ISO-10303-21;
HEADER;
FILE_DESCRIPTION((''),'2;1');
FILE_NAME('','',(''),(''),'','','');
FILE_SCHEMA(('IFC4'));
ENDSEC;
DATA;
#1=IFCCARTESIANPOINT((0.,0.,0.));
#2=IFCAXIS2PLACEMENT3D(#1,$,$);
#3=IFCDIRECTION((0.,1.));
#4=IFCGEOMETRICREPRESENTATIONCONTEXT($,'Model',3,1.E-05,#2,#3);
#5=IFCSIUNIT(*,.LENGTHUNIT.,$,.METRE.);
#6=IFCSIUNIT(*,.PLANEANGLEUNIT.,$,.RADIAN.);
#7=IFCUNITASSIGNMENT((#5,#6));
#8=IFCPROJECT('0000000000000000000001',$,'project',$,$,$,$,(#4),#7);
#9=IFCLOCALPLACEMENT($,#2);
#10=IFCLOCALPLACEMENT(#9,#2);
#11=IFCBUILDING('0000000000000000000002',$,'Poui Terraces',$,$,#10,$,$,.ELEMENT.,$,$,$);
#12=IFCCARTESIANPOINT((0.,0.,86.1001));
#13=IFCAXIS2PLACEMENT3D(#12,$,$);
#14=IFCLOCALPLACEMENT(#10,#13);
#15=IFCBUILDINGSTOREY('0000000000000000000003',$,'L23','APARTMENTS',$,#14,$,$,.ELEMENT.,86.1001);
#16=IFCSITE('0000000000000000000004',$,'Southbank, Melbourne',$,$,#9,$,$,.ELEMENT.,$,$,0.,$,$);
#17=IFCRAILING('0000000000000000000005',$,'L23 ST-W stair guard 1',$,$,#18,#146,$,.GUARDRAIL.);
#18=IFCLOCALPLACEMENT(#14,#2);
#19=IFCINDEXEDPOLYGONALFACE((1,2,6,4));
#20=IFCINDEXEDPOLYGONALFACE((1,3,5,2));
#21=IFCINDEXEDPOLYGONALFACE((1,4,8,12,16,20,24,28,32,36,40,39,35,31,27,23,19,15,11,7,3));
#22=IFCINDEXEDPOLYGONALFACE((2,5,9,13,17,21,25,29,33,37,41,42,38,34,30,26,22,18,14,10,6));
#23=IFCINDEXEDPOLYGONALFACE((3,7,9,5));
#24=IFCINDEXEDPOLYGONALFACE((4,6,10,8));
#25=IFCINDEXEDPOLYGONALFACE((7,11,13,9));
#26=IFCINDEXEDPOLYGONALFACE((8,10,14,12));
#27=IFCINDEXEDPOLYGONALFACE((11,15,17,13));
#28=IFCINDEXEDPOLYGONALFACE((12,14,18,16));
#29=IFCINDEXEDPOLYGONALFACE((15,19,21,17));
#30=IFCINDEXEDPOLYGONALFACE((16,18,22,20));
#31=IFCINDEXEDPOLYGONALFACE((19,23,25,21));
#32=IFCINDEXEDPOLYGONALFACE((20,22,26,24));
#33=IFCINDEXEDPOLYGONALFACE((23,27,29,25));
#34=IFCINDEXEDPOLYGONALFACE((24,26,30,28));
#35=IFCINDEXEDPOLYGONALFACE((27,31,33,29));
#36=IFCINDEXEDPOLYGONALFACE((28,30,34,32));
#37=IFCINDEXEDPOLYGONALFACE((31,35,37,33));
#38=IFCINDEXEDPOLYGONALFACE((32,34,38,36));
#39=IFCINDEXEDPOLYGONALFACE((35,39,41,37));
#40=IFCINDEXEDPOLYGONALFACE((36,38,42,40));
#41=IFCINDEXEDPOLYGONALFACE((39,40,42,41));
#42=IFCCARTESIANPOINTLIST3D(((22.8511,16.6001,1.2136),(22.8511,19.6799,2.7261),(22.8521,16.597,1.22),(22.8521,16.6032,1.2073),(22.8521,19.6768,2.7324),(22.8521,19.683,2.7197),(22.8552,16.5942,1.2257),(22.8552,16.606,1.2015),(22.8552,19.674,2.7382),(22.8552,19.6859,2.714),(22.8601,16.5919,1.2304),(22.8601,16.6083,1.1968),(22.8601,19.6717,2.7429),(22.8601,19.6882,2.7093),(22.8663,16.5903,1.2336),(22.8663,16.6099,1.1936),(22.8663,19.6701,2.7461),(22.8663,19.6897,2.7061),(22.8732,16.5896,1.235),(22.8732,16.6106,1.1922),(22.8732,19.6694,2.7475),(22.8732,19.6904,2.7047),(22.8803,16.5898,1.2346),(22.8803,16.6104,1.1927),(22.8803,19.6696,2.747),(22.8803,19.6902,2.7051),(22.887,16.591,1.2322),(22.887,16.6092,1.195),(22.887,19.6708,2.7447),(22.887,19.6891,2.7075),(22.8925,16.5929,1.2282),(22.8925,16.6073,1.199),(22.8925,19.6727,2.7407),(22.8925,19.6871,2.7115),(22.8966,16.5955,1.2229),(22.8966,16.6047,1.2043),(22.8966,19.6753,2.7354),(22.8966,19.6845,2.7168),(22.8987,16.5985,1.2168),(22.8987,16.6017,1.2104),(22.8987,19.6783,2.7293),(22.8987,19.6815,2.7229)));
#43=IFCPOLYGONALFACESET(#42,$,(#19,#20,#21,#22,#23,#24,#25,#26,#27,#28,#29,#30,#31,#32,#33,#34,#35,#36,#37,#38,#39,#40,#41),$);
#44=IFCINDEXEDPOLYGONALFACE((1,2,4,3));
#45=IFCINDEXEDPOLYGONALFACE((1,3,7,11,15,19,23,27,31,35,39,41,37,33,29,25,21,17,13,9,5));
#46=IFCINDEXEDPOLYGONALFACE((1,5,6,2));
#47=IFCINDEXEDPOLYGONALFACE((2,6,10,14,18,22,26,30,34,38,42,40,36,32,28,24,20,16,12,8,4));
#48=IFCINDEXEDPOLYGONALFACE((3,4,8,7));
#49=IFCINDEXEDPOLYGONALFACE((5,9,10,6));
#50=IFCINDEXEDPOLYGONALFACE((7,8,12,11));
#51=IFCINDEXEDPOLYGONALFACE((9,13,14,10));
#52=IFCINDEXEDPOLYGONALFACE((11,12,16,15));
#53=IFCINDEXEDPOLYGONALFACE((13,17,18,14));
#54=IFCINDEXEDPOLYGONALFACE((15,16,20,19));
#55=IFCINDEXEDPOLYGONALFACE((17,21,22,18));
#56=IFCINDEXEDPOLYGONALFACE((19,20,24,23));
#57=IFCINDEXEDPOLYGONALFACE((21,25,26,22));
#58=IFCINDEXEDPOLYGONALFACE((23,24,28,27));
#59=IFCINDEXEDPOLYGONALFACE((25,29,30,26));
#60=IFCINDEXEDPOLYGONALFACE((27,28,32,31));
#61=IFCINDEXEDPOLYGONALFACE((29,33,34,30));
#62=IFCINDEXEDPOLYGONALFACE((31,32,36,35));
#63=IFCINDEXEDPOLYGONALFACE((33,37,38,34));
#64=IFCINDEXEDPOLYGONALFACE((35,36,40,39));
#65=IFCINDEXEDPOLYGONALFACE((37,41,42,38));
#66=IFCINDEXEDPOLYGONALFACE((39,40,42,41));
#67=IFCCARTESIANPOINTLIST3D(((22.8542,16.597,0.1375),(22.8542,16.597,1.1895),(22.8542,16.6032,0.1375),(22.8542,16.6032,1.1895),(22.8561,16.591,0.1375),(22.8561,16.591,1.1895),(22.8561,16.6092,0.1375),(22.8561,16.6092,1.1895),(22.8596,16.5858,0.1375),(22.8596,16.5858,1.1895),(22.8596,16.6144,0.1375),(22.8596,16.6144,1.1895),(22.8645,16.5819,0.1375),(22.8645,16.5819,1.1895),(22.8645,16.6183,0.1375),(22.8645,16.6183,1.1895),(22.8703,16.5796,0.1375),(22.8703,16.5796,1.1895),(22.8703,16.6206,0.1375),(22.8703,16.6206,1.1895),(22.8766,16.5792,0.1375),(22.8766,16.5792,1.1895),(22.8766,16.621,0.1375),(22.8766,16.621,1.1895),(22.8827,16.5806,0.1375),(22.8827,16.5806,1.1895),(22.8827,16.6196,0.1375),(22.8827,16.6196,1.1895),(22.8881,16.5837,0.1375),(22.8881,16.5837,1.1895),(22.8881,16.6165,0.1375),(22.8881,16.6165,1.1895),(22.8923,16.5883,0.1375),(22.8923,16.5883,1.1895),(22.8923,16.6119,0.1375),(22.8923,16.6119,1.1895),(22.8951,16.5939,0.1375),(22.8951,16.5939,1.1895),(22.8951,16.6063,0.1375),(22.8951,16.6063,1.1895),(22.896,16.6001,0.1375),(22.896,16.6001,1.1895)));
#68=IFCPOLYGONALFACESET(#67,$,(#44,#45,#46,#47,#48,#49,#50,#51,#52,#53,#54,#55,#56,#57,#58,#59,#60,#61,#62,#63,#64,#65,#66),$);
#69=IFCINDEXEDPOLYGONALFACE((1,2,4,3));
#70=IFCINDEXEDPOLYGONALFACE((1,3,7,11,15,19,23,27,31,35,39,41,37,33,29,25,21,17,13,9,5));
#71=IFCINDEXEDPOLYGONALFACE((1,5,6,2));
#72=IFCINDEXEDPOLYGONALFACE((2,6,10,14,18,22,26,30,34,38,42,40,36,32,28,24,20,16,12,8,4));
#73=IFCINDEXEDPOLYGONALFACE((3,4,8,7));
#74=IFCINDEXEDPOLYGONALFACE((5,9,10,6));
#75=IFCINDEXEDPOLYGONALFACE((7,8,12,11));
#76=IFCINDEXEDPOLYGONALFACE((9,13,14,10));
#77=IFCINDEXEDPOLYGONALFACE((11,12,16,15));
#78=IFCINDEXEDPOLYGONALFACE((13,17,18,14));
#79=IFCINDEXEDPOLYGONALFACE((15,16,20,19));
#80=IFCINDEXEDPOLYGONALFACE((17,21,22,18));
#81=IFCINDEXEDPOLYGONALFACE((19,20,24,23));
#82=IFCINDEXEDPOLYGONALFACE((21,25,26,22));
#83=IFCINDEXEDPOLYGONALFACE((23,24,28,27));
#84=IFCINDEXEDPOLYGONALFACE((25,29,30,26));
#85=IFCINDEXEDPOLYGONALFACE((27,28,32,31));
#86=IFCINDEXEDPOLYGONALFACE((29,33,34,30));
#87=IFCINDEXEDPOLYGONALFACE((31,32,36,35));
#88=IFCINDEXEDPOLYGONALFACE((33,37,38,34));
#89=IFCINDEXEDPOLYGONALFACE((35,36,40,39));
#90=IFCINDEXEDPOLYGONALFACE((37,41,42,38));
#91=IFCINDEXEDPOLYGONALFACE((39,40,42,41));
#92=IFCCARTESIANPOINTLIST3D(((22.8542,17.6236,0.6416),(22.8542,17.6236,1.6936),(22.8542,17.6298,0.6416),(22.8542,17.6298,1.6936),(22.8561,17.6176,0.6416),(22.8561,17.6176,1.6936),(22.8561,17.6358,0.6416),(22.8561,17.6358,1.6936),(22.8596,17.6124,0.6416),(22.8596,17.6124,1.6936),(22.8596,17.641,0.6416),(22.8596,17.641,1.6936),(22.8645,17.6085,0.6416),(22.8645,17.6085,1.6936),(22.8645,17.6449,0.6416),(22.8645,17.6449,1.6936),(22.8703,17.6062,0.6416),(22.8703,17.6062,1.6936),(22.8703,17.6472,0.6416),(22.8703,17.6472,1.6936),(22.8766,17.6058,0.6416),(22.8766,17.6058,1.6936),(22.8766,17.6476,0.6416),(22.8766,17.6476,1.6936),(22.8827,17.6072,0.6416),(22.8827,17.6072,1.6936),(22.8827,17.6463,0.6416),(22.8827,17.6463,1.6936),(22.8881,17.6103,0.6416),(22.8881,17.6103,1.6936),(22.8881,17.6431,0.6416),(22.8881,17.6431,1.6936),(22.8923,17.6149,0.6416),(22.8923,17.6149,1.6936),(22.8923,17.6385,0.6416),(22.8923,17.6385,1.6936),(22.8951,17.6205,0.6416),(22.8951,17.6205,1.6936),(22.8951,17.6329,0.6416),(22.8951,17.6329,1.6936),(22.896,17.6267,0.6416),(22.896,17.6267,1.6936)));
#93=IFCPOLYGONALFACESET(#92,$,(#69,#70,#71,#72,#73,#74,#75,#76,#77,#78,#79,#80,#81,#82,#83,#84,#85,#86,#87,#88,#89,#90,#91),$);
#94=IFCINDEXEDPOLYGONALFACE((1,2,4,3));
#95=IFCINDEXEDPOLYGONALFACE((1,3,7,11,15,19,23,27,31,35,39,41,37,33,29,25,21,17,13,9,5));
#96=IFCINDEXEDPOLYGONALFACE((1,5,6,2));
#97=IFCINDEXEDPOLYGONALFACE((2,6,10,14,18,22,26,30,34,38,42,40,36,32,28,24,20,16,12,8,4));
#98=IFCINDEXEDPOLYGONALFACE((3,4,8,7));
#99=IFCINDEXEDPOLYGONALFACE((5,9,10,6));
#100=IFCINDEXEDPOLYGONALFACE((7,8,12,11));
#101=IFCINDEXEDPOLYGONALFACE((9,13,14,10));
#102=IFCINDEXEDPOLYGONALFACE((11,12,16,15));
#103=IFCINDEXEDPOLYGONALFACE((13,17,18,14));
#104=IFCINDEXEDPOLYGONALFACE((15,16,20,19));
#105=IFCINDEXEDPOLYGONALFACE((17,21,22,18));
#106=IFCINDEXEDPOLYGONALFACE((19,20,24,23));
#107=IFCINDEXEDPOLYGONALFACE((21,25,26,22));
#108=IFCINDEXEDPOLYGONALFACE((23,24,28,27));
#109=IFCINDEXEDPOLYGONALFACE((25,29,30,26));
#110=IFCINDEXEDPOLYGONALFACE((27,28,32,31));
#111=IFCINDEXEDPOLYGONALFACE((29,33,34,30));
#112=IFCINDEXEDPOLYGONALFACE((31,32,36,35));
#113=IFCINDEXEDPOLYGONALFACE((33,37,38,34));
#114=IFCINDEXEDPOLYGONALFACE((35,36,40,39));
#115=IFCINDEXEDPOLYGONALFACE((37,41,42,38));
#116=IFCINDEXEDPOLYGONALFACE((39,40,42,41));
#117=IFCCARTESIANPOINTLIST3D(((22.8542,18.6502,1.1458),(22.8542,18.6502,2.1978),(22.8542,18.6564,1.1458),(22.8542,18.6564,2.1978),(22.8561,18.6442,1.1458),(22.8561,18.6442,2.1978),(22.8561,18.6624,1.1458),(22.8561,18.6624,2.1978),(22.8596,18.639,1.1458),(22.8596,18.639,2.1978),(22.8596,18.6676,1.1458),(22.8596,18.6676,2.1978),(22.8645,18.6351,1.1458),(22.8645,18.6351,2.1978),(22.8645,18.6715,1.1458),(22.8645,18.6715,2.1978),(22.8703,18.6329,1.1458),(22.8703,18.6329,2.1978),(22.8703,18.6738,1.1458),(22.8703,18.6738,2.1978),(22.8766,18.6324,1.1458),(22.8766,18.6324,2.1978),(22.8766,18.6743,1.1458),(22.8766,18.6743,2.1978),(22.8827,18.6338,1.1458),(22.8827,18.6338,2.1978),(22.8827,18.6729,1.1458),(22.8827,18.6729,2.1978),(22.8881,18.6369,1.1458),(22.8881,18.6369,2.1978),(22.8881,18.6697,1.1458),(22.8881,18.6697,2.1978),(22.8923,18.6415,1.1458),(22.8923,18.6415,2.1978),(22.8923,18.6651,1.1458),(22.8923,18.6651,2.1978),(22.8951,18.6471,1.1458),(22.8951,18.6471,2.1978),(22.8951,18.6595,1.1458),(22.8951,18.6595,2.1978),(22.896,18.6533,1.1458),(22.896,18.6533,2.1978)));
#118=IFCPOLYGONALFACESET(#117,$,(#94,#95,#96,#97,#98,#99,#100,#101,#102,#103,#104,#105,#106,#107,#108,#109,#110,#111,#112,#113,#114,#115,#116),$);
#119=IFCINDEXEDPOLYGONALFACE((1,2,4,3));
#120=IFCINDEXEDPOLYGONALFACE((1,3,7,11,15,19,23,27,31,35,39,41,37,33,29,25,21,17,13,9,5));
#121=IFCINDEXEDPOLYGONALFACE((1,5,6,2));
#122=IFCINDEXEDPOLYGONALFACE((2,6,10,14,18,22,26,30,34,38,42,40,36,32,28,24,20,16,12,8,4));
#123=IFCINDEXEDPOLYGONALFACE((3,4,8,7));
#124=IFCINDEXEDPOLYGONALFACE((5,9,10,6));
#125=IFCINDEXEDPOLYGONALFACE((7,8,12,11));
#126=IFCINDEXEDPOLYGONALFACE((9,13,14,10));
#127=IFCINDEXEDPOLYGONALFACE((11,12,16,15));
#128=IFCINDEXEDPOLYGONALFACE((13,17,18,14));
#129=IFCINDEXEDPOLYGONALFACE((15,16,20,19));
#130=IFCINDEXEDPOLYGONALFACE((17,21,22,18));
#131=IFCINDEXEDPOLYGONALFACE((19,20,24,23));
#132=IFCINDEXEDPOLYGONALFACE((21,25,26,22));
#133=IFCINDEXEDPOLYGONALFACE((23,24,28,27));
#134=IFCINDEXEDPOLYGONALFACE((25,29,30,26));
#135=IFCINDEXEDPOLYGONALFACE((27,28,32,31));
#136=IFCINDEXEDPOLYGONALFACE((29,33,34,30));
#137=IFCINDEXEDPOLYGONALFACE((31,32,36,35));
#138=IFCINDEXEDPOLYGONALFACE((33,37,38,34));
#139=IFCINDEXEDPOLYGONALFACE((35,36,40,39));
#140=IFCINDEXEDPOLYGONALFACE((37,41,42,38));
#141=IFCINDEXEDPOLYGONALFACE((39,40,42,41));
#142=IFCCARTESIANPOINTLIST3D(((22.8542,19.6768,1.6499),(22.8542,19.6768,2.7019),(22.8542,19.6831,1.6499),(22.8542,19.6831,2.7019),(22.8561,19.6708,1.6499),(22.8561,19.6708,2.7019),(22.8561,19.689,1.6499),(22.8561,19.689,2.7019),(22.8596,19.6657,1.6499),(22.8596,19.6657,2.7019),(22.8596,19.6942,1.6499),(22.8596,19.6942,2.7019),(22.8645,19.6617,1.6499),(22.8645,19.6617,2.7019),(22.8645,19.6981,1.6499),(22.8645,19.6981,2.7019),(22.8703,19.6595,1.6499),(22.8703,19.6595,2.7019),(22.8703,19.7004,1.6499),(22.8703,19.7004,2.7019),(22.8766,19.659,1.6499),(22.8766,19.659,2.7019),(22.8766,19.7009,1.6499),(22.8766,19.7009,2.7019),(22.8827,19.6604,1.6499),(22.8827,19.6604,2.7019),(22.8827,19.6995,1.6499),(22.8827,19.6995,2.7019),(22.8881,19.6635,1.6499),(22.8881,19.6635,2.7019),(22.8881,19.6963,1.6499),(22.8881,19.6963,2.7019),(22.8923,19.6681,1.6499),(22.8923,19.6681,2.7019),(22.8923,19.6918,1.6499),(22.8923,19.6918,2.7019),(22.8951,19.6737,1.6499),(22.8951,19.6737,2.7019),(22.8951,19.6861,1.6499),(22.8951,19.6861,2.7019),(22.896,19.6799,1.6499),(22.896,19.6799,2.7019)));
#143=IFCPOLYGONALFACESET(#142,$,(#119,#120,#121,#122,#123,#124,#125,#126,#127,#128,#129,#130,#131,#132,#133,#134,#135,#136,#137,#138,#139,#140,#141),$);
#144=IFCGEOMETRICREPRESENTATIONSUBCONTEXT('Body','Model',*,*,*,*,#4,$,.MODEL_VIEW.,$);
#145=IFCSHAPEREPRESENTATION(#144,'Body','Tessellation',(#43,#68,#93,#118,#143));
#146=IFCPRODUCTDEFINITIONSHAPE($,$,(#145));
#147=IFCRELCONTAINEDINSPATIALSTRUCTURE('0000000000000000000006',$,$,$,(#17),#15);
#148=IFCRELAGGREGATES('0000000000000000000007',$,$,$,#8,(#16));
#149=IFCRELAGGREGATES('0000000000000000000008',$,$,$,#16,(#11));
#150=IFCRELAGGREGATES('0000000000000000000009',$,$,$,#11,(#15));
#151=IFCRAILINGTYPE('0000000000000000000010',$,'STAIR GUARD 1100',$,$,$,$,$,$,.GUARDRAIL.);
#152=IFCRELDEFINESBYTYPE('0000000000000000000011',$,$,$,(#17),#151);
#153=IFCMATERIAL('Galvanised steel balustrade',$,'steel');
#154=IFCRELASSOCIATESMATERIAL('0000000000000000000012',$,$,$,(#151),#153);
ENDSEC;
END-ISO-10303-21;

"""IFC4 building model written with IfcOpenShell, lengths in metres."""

from ifc_helpers import new_model, si_unit, direction, frame, origin, origin_2d, place, context, subcontext, project, spatial, circle, extrude, material, type_object, element, save


model = new_model("IFC4")

# Units and contexts
model_context = context("Model", 3, precision=1e-05, world=origin(), true_north=direction((0.0, 1.0)))
body_context = subcontext(model_context, "Body", "Model", "MODEL_VIEW")
ifc_project = project(units=[si_unit("LENGTHUNIT", "METRE"), si_unit("PLANEANGLEUNIT", "RADIAN")], contexts=[model_context])

# Site, building, storey
site_placement = place(None, origin())
site = spatial("IfcSite", under=ifc_project, at=site_placement, Name="Southbank, Melbourne", CompositionType="ELEMENT", RefElevation=0.0)
building_placement = place(site_placement, origin())
building = spatial("IfcBuilding", under=site, at=building_placement, Name="Poui Terraces", CompositionType="ELEMENT")
storey_placement = place(building_placement, frame((0.0, 0.0, 86.1001)))
storey = spatial("IfcBuildingStorey", under=building, at=storey_placement, Name="L23", Description="APARTMENTS", CompositionType="ELEMENT", Elevation=86.1001)

# Railing
ifc_material_1 = material(Name="Galvanised steel balustrade", Category="steel")
railing_type_1 = type_object("IfcRailingType", Name="STAIR GUARD 1100", PredefinedType="GUARDRAIL", material=ifc_material_1)
railing_1_placement = place(storey_placement, frame((22.875, 16.6001, 0.1375)))
element("IfcRailing", 1, at=railing_1_placement, inside=storey, type_object=railing_type_1, Name="L23 ST-W stair guard 1", PredefinedType="GUARDRAIL", context=body_context, shape_type="SweptSolid", body=[
    extrude(circle(Radius=0.0239, at=origin_2d()), frame((0.0, 0.0, 1.0762), z_axis=(0.0, 0.897606, 0.440798), x_axis=(-1.0, 0.0, 0.0)), (0.0, 0.0, 1.0), 3.4312),
    extrude(circle(Radius=0.021, at=origin_2d()), origin(), (0.0, 0.0, 1.0), 1.052),
    extrude(circle(Radius=0.021, at=origin_2d()), frame((0.0, 1.0266, 0.5042)), (0.0, 0.0, 1.0), 1.052),
    extrude(circle(Radius=0.021, at=origin_2d()), frame((0.0, 2.0532, 1.0083)), (0.0, 0.0, 1.0), 1.052),
    extrude(circle(Radius=0.021, at=origin_2d()), frame((0.0, 3.0798, 1.5125)), (0.0, 0.0, 1.0), 1.052),
])

save(model, "model.ifc")
